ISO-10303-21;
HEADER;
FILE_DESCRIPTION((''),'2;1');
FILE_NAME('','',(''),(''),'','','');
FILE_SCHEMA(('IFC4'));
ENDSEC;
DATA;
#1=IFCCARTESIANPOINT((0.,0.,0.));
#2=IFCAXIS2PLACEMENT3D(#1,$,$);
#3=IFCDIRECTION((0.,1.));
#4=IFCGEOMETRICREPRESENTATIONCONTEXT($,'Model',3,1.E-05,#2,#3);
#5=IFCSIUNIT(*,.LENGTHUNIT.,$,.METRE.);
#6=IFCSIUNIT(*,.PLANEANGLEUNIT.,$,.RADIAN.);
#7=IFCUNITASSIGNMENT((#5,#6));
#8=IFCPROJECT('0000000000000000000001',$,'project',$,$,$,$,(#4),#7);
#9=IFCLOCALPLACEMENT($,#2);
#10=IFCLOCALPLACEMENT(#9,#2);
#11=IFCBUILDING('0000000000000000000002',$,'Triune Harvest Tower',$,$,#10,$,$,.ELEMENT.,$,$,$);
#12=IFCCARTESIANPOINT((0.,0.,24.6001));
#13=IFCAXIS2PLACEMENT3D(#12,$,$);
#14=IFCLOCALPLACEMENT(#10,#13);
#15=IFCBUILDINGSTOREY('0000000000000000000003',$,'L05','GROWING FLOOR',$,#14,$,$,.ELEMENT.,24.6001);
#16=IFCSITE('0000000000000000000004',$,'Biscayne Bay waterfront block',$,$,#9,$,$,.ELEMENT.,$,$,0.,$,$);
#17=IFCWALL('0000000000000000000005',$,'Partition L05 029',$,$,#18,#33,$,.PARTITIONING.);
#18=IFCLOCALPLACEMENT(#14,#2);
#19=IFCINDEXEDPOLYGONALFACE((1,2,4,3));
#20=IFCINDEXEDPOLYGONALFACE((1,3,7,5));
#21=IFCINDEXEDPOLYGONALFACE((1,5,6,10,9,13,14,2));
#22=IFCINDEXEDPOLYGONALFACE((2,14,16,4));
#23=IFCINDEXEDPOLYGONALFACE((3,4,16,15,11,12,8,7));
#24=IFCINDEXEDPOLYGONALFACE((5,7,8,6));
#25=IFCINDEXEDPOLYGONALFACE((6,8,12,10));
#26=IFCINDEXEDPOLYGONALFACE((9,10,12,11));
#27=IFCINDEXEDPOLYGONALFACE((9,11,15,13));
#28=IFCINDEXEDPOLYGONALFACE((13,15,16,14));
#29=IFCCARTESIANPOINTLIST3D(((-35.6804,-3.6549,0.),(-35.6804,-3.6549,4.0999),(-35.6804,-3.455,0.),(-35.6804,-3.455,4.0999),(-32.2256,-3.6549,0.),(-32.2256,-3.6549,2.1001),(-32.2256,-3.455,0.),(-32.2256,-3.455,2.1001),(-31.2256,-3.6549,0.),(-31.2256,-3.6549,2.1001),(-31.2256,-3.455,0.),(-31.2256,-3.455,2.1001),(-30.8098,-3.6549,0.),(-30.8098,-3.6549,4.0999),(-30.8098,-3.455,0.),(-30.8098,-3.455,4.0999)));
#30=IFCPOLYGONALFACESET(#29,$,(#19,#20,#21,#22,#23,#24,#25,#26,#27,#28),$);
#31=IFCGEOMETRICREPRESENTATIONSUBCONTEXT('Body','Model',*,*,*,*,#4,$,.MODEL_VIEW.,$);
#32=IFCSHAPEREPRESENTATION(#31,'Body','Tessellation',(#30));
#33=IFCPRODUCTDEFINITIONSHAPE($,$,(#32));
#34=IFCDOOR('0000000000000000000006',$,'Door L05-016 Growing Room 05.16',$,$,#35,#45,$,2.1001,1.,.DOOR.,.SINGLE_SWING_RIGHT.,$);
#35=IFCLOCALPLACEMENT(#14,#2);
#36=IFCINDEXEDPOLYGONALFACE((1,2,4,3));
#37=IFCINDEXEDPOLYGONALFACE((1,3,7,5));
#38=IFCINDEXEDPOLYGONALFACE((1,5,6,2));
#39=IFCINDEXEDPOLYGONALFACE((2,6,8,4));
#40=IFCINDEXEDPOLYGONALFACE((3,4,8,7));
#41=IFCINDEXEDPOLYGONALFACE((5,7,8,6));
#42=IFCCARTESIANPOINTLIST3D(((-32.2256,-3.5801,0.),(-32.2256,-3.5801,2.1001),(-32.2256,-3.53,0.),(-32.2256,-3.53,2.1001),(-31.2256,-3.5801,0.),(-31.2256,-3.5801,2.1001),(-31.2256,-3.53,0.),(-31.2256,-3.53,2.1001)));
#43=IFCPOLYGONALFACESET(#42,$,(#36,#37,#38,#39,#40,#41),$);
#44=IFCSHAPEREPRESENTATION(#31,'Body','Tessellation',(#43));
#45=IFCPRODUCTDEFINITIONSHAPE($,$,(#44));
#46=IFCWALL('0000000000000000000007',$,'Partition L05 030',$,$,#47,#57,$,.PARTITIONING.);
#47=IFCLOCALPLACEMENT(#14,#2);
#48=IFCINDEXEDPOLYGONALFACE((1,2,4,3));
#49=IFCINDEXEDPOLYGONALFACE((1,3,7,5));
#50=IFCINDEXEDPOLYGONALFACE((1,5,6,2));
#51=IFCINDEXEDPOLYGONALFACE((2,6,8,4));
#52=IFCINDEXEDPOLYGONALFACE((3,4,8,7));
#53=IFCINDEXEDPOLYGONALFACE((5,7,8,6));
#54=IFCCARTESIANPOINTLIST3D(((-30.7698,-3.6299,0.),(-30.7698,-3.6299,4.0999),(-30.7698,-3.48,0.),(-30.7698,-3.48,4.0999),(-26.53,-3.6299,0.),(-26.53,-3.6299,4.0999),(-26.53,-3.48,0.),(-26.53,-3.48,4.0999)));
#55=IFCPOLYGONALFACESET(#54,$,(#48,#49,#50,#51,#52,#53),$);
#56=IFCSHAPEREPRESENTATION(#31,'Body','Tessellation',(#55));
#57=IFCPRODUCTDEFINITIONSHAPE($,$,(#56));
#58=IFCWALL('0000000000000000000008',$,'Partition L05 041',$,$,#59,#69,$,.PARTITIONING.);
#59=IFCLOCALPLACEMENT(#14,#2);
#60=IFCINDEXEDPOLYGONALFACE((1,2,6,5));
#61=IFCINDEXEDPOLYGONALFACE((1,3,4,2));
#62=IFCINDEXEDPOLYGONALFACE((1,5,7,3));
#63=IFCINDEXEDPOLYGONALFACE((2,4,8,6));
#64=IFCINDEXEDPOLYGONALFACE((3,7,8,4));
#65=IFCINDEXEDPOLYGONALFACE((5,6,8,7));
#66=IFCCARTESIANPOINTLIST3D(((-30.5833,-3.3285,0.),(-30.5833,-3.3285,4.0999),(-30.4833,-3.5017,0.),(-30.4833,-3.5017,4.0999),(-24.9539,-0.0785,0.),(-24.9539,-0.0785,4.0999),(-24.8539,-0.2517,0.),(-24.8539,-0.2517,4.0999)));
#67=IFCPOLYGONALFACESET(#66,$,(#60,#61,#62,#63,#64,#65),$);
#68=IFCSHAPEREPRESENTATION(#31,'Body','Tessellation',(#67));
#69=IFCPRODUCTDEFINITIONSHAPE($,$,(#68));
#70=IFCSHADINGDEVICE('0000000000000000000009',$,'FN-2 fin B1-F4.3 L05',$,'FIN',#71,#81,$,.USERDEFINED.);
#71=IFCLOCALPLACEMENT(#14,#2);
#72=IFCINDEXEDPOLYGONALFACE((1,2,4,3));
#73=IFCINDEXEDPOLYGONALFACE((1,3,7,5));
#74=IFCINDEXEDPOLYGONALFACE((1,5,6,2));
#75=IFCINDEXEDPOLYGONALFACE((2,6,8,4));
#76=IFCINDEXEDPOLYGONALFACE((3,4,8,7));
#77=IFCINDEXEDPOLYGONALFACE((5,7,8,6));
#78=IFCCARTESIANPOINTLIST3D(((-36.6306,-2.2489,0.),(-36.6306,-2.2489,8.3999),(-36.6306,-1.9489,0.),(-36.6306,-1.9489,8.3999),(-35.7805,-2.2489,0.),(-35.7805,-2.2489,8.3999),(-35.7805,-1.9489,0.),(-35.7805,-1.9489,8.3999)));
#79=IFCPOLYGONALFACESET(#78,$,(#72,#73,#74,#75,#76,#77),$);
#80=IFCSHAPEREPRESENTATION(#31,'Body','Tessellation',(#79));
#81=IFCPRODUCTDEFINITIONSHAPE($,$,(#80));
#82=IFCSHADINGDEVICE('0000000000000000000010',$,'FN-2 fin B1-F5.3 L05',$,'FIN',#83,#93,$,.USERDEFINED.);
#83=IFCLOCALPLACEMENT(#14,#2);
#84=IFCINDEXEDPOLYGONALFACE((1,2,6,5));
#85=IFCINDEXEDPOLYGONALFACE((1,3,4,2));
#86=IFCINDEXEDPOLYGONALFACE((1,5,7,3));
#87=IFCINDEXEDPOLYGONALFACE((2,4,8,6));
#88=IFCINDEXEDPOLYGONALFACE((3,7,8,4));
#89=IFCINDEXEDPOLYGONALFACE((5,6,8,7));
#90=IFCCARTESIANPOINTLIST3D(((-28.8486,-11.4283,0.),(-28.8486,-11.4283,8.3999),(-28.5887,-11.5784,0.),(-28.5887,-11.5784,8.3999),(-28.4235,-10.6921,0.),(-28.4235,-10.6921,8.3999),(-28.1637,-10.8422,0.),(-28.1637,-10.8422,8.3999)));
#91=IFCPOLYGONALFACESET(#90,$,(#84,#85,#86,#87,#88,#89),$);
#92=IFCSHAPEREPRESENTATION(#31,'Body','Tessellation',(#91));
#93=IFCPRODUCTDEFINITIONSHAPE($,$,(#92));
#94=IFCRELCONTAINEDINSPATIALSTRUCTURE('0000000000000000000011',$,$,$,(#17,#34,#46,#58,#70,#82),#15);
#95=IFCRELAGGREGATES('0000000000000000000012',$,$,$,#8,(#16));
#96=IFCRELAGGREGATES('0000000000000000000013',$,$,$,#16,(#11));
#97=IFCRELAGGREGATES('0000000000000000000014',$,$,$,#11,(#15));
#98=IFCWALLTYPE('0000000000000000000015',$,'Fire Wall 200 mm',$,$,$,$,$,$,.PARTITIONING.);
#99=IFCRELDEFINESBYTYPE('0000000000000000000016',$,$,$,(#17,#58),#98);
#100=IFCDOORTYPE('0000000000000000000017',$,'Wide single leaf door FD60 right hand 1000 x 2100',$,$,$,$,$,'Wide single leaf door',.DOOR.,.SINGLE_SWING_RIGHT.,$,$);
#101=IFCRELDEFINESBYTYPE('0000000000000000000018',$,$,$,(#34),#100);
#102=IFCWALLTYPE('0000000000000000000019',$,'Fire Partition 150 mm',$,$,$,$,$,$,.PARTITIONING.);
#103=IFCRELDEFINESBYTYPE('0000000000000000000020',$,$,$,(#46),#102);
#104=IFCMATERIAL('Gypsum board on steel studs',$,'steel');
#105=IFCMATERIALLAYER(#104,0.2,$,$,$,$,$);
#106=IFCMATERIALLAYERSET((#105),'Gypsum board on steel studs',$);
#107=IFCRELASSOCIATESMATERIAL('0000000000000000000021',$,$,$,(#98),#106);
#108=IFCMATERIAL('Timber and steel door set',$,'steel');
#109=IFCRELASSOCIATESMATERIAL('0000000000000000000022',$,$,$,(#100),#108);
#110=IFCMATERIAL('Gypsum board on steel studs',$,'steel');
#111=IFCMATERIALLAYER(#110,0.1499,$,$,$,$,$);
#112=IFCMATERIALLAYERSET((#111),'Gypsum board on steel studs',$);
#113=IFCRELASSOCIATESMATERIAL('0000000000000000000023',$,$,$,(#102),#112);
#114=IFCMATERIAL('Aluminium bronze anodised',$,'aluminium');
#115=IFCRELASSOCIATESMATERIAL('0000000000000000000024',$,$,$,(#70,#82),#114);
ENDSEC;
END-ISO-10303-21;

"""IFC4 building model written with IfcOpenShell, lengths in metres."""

from ifc_helpers import new_model, si_unit, direction, frame, frame_2d, origin, origin_2d, place, context, subcontext, project, spatial, rectangle, extrude, source, transform, mapped, material, layer, layer_set, type_object, element, fill, save


model = new_model("IFC4")

# Units and contexts
model_context = context("Model", 3, precision=1e-05, world=origin(), true_north=direction((0.0, 1.0)))
body_context = subcontext(model_context, "Body", "Model", "MODEL_VIEW")
ifc_project = project(units=[si_unit("LENGTHUNIT", "METRE"), si_unit("PLANEANGLEUNIT", "RADIAN")], contexts=[model_context])

# Site, building, storey
site_placement = place(None, origin())
site = spatial("IfcSite", under=ifc_project, at=site_placement, Name="Biscayne Bay waterfront block", CompositionType="ELEMENT", RefElevation=0.0)
building_placement = place(site_placement, origin())
building = spatial("IfcBuilding", under=site, at=building_placement, Name="Triune Harvest Tower", CompositionType="ELEMENT")
storey_placement = place(building_placement, frame((0.0, 0.0, 24.6001)))
storey = spatial("IfcBuildingStorey", under=building, at=storey_placement, Name="L05", Description="GROWING FLOOR", CompositionType="ELEMENT", Elevation=24.6001)

# Shared definitions
ifc_material_1 = material(Name="Gypsum board on steel studs", Category="steel")
ifc_layer_1 = layer(ifc_material_1, 0.2)
ifc_layer_set_1 = layer_set([ifc_layer_1], Name="Gypsum board on steel studs")
wall_type_1 = type_object("IfcWallType", Name="Fire Wall 200 mm", PredefinedType="PARTITIONING", material=ifc_layer_set_1)

# Wall, opening, door
ifc_material_2 = material(Name="Timber and steel door set", Category="steel")
door_type = type_object("IfcDoorType", Name="Wide single leaf door FD60 right hand 1000 x 2100", ElementType="Wide single leaf door", OperationType="SINGLE_SWING_RIGHT", PredefinedType="DOOR", material=ifc_material_2)
shared_shape_1 = source(origin(), body_context, "Body", "SweptSolid", [
    extrude(rectangle(XDim=4.8706, YDim=0.2, at=frame_2d((2.4353, 0.0))), origin(), (0.0, 0.0, 1.0), 4.0999),
])
wall_1_placement = place(storey_placement, frame((-35.6804, -3.5549, 0.0), z_axis=(0.0, 0.0, 1.0), x_axis=(1.0, 0.0, 0.0)))
wall_1 = element("IfcWall", 1, at=wall_1_placement, inside=storey, type_object=wall_type_1, Name="Partition L05 029", PredefinedType="PARTITIONING", context=body_context, shape_type="MappedRepresentation", body=[
    mapped(shared_shape_1, transform((0.0, 0.0, 0.0), scale=1.0)),
])
opening_1_placement = place(wall_1_placement, frame((3.4548, 0.0, 0.0)))
opening_1 = element("IfcOpeningElement", 2, at=opening_1_placement, cuts=wall_1, PredefinedType="OPENING", context=body_context, shape_type="SweptSolid", body=[
    extrude(rectangle(XDim=1.0, YDim=2.1001, at=frame_2d((0.5, 1.05))), frame((0.0, 0.1099, 0.0), z_axis=(0.0, -1.0, 0.0), x_axis=(1.0, 0.0, 0.0)), (0.0, 0.0, 1.0), 0.22),
])
door_1_placement = place(opening_1_placement, origin())
door_1 = element("IfcDoor", 3, at=door_1_placement, inside=storey, type_object=door_type, Name="Door L05-016 Growing Room 05.16", OperationType="SINGLE_SWING_RIGHT", OverallHeight=2.1001, OverallWidth=1.0, PredefinedType="DOOR", context=body_context, shape_type="SweptSolid", body=[
    extrude(rectangle(XDim=1.0, YDim=2.1001, at=frame_2d((0.5, 1.05))), frame((0.0, 0.0249, 0.0), z_axis=(0.0, -1.0, 0.0), x_axis=(1.0, 0.0, 0.0)), (0.0, 0.0, 1.0), 0.05),
])
fill(opening_1, door_1)

# Walls
ifc_material_3 = material(Name="Gypsum board on steel studs", Category="steel")
ifc_layer_2 = layer(ifc_material_3, 0.1499)
ifc_layer_set_2 = layer_set([ifc_layer_2], Name="Gypsum board on steel studs")
wall_type_2 = type_object("IfcWallType", Name="Fire Partition 150 mm", PredefinedType="PARTITIONING", material=ifc_layer_set_2)
shared_shape_2 = source(origin(), body_context, "Body", "SweptSolid", [
    extrude(rectangle(XDim=4.2397, YDim=0.1499, at=frame_2d((2.1199, 0.0))), origin(), (0.0, 0.0, 1.0), 4.0999),
])
wall_2_placement = place(storey_placement, frame((-30.7698, -3.5549, 0.0), z_axis=(0.0, 0.0, 1.0), x_axis=(1.0, 0.0, 0.0)))
element("IfcWall", 4, at=wall_2_placement, inside=storey, type_object=wall_type_2, Name="Partition L05 030", PredefinedType="PARTITIONING", context=body_context, shape_type="MappedRepresentation", body=[
    mapped(shared_shape_2, transform((0.0, 0.0, 0.0), scale=1.0)),
])
shared_shape_3 = source(origin(), body_context, "Body", "SweptSolid", [
    extrude(rectangle(XDim=6.5002, YDim=0.2, at=frame_2d((3.25, 0.0))), origin(), (0.0, 0.0, 1.0), 4.0999),
])
wall_3_placement = place(storey_placement, frame((-30.5332, -3.415, 0.0), z_axis=(0.0, 0.0, 1.0), x_axis=(0.866034, 0.499985, 0.0)))
element("IfcWall", 5, at=wall_3_placement, inside=storey, type_object=wall_type_1, Name="Partition L05 041", PredefinedType="PARTITIONING", context=body_context, shape_type="MappedRepresentation", body=[
    mapped(shared_shape_3, transform((0.0, 0.0, 0.0), scale=1.0)),
])

# Shading devices
ifc_material_4 = material(Name="Aluminium bronze anodised", Category="aluminium")
shared_shape_4 = source(origin(), body_context, "Body", "SweptSolid", [
    extrude(rectangle(XDim=0.3, YDim=0.8501, at=origin_2d()), origin(), (0.0, 0.0, 1.0), 8.3999),
])
for number, where, z_axis, x_axis, name in (
    (6, (-36.2056, -2.0989, 0.0), (0.0, 0.0, 1.0), (0.0, -1.0, 0.0), "FN-2 fin B1-F4.3 L05"),
    (7, (-28.5061, -11.1353, 0.0), (0.0, 0.0, 1.0), (0.866025, -0.5, 0.0), "FN-2 fin B1-F5.3 L05"),
):
    element("IfcShadingDevice", number, at=place(storey_placement, frame(where, z_axis=z_axis, x_axis=x_axis)), inside=storey, material=ifc_material_4, Name=name, ObjectType="FIN", PredefinedType="USERDEFINED", context=body_context, shape_type="MappedRepresentation", body=[
        mapped(shared_shape_4, transform((0.0, 0.0, 0.0), scale=1.0)),
    ])

save(model, "model.ifc")
